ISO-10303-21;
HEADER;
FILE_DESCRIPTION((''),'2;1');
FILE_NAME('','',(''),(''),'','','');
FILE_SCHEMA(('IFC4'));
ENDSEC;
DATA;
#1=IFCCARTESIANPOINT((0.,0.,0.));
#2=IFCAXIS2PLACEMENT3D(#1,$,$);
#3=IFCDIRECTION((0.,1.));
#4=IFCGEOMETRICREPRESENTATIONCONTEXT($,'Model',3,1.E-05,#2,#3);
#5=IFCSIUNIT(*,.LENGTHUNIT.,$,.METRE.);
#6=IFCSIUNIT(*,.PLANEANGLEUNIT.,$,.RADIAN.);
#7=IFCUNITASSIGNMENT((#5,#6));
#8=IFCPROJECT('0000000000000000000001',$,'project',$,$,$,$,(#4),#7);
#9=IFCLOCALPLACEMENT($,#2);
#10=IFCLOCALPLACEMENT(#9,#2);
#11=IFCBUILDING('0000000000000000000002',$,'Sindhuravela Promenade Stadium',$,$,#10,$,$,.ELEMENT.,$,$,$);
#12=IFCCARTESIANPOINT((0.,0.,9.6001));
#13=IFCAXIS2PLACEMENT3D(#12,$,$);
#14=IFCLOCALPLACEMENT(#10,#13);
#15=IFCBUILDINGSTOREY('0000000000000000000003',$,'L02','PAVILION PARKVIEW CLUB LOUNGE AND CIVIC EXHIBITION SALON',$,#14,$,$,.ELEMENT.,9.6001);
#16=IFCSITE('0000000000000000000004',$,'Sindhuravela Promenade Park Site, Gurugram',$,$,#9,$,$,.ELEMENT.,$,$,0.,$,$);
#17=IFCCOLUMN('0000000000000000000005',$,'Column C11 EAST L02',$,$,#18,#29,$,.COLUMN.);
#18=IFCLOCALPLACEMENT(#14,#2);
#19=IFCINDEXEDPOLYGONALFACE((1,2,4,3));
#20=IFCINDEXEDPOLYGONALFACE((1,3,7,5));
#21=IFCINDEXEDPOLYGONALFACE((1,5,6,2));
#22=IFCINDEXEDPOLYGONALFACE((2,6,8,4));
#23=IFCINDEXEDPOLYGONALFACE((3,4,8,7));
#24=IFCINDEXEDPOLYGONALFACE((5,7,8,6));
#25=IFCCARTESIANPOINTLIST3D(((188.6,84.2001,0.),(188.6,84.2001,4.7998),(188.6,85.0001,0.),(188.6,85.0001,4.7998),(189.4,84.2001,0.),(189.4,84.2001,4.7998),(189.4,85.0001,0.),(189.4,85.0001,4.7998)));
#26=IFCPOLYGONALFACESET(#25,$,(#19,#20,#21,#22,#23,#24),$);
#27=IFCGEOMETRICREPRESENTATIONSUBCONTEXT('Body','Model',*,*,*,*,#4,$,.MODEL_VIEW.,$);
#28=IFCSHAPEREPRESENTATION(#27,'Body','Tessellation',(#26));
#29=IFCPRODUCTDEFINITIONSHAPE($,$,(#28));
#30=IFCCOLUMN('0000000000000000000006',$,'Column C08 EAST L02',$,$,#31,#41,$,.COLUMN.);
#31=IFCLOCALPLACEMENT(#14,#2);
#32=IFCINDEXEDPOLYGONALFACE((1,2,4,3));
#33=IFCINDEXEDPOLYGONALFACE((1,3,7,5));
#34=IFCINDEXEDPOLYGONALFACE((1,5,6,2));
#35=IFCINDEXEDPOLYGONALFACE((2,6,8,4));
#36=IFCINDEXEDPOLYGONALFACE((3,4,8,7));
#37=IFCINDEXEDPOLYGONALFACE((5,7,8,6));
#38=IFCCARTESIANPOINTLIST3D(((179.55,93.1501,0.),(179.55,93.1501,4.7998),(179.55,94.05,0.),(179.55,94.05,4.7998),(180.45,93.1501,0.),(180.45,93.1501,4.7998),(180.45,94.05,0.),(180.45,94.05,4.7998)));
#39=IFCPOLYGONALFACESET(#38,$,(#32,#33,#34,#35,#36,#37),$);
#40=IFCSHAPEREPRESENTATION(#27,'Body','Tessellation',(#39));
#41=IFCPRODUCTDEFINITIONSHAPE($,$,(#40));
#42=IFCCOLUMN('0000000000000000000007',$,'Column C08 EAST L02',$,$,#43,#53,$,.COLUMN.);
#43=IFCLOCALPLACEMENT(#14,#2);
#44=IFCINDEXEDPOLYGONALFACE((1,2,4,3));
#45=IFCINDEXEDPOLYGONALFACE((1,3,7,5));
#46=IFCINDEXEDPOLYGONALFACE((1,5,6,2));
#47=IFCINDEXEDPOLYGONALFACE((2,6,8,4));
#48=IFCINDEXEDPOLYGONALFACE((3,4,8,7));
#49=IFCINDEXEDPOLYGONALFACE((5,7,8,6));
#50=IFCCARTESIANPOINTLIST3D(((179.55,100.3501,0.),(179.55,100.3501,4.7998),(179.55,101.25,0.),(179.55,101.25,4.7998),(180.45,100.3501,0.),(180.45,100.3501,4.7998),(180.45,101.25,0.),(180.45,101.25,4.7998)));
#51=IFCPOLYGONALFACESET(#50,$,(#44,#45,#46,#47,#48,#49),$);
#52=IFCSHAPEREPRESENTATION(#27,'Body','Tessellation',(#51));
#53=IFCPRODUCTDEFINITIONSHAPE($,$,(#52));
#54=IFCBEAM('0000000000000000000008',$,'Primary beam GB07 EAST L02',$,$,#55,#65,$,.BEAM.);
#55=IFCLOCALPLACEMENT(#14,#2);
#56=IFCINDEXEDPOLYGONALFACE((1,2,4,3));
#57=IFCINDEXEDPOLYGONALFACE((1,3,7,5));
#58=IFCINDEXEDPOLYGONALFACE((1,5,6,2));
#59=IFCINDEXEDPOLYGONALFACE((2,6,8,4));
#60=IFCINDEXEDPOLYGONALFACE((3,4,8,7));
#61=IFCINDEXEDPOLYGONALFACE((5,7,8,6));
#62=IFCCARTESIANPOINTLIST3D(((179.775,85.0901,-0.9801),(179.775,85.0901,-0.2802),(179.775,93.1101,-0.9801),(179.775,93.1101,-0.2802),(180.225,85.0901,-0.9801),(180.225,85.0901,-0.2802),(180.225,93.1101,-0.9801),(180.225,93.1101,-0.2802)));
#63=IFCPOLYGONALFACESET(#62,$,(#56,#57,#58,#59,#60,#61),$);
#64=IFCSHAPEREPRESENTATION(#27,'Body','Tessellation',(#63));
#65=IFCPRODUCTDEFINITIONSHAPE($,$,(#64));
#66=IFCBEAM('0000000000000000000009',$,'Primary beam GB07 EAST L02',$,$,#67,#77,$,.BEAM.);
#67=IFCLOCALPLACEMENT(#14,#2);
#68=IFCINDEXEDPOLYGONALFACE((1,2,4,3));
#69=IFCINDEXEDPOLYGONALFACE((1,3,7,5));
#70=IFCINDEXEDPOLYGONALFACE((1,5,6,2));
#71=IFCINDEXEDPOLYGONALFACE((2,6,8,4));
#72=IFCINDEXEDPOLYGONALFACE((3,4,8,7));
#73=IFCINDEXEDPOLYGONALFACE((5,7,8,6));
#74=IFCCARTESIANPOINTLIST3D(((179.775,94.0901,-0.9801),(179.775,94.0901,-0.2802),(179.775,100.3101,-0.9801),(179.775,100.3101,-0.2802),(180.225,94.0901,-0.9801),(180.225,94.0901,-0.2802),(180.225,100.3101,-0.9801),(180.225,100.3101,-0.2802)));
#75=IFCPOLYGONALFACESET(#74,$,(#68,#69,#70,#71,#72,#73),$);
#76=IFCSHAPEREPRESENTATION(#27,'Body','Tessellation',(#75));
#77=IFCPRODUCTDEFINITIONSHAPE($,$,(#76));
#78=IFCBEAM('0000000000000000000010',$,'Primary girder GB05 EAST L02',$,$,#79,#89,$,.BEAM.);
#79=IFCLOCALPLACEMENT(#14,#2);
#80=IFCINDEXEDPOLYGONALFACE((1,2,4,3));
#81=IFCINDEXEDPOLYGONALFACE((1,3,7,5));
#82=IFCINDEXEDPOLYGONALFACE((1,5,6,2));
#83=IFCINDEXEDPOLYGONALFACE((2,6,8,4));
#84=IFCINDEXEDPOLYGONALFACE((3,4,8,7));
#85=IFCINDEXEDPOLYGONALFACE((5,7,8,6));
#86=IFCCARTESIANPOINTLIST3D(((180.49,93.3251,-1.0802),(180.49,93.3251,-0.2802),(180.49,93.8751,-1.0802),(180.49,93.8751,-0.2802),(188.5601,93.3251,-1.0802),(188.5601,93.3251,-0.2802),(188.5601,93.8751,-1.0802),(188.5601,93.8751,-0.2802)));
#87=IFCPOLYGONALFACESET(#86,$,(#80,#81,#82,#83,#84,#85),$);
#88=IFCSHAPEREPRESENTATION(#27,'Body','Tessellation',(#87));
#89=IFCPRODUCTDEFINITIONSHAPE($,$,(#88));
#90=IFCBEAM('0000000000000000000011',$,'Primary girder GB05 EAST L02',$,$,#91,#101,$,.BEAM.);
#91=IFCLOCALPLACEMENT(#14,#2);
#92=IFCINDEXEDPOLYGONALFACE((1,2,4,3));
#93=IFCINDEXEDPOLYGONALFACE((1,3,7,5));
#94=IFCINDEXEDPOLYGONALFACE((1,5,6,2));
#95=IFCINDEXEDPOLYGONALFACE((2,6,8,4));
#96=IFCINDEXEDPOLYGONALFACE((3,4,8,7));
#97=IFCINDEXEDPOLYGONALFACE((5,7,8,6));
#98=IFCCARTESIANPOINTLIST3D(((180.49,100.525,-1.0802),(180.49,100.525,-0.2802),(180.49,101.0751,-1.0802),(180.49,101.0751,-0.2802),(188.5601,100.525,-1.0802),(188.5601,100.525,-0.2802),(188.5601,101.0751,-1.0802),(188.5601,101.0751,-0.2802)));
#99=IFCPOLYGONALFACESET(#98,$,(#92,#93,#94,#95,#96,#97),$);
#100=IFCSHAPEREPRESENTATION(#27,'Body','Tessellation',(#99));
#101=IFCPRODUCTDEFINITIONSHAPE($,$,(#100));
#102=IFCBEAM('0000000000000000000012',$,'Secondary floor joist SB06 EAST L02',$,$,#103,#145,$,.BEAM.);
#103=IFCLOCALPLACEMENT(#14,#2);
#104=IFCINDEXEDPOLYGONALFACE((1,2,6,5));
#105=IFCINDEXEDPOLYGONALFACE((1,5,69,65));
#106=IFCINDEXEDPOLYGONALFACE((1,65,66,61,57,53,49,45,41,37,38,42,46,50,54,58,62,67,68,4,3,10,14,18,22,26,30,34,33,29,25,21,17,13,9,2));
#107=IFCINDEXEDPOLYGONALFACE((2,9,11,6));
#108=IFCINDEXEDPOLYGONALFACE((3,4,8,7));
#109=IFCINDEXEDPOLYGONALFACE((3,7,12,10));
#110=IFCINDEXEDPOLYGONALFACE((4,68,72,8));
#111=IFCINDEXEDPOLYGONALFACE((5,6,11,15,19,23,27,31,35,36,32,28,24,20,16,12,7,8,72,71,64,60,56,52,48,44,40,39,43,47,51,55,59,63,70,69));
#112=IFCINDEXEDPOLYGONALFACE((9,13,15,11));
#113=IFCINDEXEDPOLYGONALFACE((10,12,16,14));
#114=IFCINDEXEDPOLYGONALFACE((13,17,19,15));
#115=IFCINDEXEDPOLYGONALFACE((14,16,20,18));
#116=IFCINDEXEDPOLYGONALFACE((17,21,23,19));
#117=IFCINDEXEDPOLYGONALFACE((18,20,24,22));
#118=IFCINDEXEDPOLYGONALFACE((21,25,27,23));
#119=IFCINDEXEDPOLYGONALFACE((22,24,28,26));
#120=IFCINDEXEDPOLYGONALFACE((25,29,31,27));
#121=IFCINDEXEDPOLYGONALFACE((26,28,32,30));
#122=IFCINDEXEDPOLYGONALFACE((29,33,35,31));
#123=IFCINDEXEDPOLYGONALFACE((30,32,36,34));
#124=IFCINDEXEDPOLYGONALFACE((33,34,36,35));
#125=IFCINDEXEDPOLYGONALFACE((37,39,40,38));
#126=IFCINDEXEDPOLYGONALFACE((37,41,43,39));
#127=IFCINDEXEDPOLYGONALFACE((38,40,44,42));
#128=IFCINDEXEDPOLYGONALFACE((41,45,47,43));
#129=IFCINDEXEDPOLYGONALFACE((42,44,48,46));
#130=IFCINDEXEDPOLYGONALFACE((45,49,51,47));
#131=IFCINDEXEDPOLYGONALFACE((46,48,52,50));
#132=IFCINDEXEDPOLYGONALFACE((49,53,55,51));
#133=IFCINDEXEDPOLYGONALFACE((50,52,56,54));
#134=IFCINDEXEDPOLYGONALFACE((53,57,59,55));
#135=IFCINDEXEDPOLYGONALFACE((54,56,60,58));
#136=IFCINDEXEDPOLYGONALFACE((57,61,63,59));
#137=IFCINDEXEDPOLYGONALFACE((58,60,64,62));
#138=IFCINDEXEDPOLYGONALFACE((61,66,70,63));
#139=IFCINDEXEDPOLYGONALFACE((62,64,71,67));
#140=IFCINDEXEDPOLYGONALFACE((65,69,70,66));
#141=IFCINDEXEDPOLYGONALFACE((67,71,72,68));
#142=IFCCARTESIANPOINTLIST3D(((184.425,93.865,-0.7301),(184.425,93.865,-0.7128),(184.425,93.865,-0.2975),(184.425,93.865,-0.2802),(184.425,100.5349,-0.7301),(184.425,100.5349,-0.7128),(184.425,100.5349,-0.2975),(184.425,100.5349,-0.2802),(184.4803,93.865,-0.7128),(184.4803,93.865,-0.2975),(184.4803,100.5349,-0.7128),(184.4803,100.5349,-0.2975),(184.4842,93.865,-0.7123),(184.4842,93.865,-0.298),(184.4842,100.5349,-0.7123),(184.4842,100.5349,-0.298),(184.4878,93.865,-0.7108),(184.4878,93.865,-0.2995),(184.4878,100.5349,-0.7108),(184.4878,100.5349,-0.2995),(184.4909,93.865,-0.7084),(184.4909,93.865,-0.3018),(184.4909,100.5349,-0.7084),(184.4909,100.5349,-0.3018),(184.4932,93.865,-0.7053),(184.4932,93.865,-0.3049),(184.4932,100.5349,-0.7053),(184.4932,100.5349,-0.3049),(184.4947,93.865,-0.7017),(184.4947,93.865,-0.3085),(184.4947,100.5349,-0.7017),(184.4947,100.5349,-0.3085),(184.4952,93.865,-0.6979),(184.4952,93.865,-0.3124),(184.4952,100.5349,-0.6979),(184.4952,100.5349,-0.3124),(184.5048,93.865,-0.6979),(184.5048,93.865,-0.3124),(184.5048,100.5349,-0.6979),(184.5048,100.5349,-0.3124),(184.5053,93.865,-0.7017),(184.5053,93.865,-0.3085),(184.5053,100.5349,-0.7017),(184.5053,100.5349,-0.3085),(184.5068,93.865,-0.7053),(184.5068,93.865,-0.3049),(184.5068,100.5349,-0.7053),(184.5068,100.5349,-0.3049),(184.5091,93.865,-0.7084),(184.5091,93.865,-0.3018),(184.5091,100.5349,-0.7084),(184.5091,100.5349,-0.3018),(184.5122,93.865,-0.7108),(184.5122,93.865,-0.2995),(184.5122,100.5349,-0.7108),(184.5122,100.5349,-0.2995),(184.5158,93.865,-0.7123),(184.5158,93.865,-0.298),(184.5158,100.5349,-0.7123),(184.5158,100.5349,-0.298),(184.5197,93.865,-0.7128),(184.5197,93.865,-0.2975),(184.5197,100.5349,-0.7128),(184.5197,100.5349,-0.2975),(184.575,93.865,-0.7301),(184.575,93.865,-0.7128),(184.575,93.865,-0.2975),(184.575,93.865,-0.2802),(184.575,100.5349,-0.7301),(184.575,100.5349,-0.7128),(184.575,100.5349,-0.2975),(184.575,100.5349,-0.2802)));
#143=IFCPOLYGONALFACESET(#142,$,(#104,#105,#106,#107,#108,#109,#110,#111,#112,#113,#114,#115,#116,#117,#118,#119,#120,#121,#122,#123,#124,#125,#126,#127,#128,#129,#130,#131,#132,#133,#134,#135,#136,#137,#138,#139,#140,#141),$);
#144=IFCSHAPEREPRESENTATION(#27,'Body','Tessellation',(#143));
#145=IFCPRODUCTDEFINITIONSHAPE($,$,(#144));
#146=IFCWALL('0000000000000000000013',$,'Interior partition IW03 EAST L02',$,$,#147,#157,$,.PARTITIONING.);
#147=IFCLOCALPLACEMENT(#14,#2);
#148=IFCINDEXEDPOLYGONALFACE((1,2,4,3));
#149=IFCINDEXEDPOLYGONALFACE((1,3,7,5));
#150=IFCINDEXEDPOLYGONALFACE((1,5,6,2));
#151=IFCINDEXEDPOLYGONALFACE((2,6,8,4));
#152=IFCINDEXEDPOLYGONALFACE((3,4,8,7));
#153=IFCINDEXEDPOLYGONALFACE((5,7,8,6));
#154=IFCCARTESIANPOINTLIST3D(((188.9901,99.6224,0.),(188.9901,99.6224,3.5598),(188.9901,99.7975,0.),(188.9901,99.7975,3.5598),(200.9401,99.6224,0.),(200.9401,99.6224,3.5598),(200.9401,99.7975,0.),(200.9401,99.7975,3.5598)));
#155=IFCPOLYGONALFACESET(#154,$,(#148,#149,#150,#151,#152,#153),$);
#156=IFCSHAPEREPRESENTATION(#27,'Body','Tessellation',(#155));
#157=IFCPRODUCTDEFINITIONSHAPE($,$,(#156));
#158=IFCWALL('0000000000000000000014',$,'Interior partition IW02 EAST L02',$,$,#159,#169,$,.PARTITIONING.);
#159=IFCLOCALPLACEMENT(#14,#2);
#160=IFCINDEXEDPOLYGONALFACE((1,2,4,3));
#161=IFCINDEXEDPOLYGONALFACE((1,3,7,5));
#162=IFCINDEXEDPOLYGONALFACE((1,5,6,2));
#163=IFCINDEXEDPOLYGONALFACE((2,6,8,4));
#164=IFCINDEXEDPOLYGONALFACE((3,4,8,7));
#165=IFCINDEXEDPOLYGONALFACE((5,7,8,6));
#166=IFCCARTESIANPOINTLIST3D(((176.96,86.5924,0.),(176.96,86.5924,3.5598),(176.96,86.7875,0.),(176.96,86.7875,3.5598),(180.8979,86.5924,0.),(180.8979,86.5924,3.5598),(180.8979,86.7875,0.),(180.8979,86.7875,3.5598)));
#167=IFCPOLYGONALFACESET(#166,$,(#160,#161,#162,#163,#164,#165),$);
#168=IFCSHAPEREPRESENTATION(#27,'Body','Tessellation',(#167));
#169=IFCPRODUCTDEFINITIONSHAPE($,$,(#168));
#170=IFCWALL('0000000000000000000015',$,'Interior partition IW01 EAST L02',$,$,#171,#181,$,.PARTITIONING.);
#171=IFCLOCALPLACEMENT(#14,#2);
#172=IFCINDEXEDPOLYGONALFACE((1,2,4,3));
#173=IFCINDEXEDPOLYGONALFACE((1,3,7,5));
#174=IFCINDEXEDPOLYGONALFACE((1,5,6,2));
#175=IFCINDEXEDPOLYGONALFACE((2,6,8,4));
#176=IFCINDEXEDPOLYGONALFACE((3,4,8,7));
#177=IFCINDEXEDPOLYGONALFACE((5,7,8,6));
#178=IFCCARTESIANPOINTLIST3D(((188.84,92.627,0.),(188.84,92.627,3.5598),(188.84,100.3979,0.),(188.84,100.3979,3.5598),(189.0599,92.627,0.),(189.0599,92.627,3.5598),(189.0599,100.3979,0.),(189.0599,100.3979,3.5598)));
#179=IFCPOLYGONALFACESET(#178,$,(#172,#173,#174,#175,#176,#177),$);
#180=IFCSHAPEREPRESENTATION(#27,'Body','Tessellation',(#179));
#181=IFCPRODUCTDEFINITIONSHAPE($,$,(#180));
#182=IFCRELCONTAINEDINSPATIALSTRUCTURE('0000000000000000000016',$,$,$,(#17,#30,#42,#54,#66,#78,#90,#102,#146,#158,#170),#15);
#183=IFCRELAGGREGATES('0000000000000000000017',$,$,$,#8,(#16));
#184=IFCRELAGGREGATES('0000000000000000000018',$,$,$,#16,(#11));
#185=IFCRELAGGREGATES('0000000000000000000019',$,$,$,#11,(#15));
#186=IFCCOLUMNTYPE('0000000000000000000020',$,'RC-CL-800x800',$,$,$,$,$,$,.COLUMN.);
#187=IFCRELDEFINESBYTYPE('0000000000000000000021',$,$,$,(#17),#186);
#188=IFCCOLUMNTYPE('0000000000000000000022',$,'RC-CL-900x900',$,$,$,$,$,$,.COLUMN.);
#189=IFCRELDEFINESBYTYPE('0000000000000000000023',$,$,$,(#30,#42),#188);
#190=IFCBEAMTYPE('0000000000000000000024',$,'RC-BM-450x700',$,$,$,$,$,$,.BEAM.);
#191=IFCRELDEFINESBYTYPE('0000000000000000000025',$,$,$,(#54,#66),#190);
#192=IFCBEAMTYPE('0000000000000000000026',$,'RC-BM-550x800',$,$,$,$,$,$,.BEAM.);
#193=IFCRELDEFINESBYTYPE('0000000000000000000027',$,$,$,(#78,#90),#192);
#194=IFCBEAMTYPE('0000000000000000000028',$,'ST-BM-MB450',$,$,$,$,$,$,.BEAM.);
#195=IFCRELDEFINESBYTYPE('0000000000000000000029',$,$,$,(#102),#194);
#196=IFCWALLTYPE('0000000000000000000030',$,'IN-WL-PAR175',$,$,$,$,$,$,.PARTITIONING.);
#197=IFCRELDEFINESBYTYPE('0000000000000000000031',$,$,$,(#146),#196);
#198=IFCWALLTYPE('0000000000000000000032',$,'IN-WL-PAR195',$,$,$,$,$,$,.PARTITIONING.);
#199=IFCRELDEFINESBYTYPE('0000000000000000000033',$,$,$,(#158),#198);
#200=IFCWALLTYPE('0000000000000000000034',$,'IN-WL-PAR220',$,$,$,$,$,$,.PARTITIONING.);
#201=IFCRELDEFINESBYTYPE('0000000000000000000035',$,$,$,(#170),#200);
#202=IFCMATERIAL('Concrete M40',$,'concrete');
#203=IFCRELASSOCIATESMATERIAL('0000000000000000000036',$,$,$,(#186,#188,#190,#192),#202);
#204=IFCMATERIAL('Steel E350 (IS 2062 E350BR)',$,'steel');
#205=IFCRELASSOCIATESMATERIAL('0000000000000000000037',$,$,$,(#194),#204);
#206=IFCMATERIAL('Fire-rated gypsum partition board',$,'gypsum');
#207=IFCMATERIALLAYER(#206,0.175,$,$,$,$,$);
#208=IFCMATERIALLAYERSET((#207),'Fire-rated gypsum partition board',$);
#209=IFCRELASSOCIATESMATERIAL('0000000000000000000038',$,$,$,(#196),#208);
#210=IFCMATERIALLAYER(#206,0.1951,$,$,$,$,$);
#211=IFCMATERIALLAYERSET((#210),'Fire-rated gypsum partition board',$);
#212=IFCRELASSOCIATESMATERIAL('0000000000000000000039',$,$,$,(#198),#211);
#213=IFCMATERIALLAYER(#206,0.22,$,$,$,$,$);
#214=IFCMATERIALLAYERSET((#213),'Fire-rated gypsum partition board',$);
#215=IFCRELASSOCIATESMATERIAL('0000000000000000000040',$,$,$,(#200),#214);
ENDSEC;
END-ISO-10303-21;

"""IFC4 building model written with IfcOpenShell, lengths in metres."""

from ifc_helpers import new_model, si_unit, direction, frame, frame_2d, origin, origin_2d, place, context, subcontext, project, spatial, rectangle, i_section, extrude, material, layer, layer_set, material_profile, profile_set, type_object, element, save


model = new_model("IFC4")

# Units and contexts
model_context = context("Model", 3, precision=1e-05, world=origin(), true_north=direction((0.0, 1.0)))
body_context = subcontext(model_context, "Body", "Model", "MODEL_VIEW")
ifc_project = project(units=[si_unit("LENGTHUNIT", "METRE"), si_unit("PLANEANGLEUNIT", "RADIAN")], contexts=[model_context])

# Site, building, storey
site_placement = place(None, origin())
site = spatial("IfcSite", under=ifc_project, at=site_placement, Name="Sindhuravela Promenade Park Site, Gurugram", CompositionType="ELEMENT", RefElevation=0.0)
building_placement = place(site_placement, origin())
building = spatial("IfcBuilding", under=site, at=building_placement, Name="Sindhuravela Promenade Stadium", CompositionType="ELEMENT")
storey_placement = place(building_placement, frame((0.0, 0.0, 9.6001)))
storey = spatial("IfcBuildingStorey", under=building, at=storey_placement, Name="L02", Description="PAVILION PARKVIEW CLUB LOUNGE AND CIVIC EXHIBITION SALON", CompositionType="ELEMENT", Elevation=9.6001)

# Columns
ifc_material_1 = material(Name="Concrete M40", Category="concrete")
ifc_material_profile_1 = material_profile(ifc_material_1, rectangle(XDim=0.8, YDim=0.8, at=origin_2d()), Name="RC 800x800")
ifc_profile_set_1 = profile_set([ifc_material_profile_1], Name="Concrete M40")
column_type_1 = type_object("IfcColumnType", Name="RC-CL-800x800", PredefinedType="COLUMN", material=ifc_profile_set_1)
column_placement = place(storey_placement, frame((189.0, 84.6001, 0.0), z_axis=(0.0, 0.0, 1.0), x_axis=(1.0, 0.0, 0.0)))
element("IfcColumn", 1, at=column_placement, inside=storey, type_object=column_type_1, Name="Column C11 EAST L02", PredefinedType="COLUMN", context=body_context, shape_type="SweptSolid", body=[
    extrude(rectangle(XDim=0.8, YDim=0.8, at=origin_2d()), origin(), (0.0, 0.0, 1.0), 4.7998),
])
ifc_material_profile_2 = material_profile(ifc_material_1, rectangle(XDim=0.8999, YDim=0.8999, at=origin_2d()), Name="RC 900x900")
ifc_profile_set_2 = profile_set([ifc_material_profile_2], Name="Concrete M40")
column_type_2 = type_object("IfcColumnType", Name="RC-CL-900x900", PredefinedType="COLUMN", material=ifc_profile_set_2)
for number, where, z_axis, x_axis, name in (
    (2, (180.0, 93.6001, 0.0), (0.0, 0.0, 1.0), (1.0, 0.0, 0.0), "Column C08 EAST L02"),
    (3, (180.0, 100.8, 0.0), (0.0, 0.0, 1.0), (1.0, 0.0, 0.0), "Column C08 EAST L02"),
):
    element("IfcColumn", number, at=place(storey_placement, frame(where, z_axis=z_axis, x_axis=x_axis)), inside=storey, type_object=column_type_2, Name=name, PredefinedType="COLUMN", context=body_context, shape_type="SweptSolid", body=[
        extrude(rectangle(XDim=0.8999, YDim=0.8999, at=origin_2d()), origin(), (0.0, 0.0, 1.0), 4.7998),
    ])

# Beams
ifc_material_profile_3 = material_profile(ifc_material_1, rectangle(XDim=0.45, YDim=0.7, at=origin_2d()), Name="RC 450x700")
ifc_profile_set_3 = profile_set([ifc_material_profile_3], Name="Concrete M40")
beam_type_1 = type_object("IfcBeamType", Name="RC-BM-450x700", PredefinedType="BEAM", material=ifc_profile_set_3)
beam_1_placement = place(storey_placement, frame((180.0, 85.0901, -0.6301), z_axis=(0.0, 1.0, 0.0), x_axis=(-1.0, 0.0, 0.0)))
element("IfcBeam", 4, at=beam_1_placement, inside=storey, type_object=beam_type_1, Name="Primary beam GB07 EAST L02", PredefinedType="BEAM", context=body_context, shape_type="SweptSolid", body=[
    extrude(rectangle(XDim=0.45, YDim=0.7, at=origin_2d()), origin(), (0.0, 0.0, 1.0), 8.02),
])
beam_2_placement = place(storey_placement, frame((180.0, 94.0901, -0.6301), z_axis=(0.0, 1.0, 0.0), x_axis=(-1.0, 0.0, 0.0)))
element("IfcBeam", 5, at=beam_2_placement, inside=storey, type_object=beam_type_1, Name="Primary beam GB07 EAST L02", PredefinedType="BEAM", context=body_context, shape_type="SweptSolid", body=[
    extrude(rectangle(XDim=0.45, YDim=0.7, at=origin_2d()), origin(), (0.0, 0.0, 1.0), 6.22),
])
ifc_material_profile_4 = material_profile(ifc_material_1, rectangle(XDim=0.55, YDim=0.8, at=origin_2d()), Name="RC 550x800")
ifc_profile_set_4 = profile_set([ifc_material_profile_4], Name="Concrete M40")
beam_type_2 = type_object("IfcBeamType", Name="RC-BM-550x800", PredefinedType="BEAM", material=ifc_profile_set_4)
for number, where, z_axis, x_axis, name in (
    (6, (180.49, 93.6001, -0.6802), (1.0, 0.0, 0.0), (0.0, 1.0, 0.0), "Primary girder GB05 EAST L02"),
    (7, (180.49, 100.8, -0.6802), (1.0, 0.0, 0.0), (0.0, 1.0, 0.0), "Primary girder GB05 EAST L02"),
):
    element("IfcBeam", number, at=place(storey_placement, frame(where, z_axis=z_axis, x_axis=x_axis)), inside=storey, type_object=beam_type_2, Name=name, PredefinedType="BEAM", context=body_context, shape_type="SweptSolid", body=[
        extrude(rectangle(XDim=0.55, YDim=0.8, at=origin_2d()), origin(), (0.0, 0.0, 1.0), 8.0701),
    ])
ifc_material_2 = material(Name="Steel E350 (IS 2062 E350BR)", Category="steel")
ifc_material_profile_5 = material_profile(ifc_material_2, i_section(OverallWidth=0.1499, OverallDepth=0.45, WebThickness=0.0095, FlangeThickness=0.0173, FilletRadius=0.0149, at=origin_2d()), Name="ISMB 450")
ifc_profile_set_5 = profile_set([ifc_material_profile_5], Name="Steel E350 (IS 2062 E350BR)")
beam_type_3 = type_object("IfcBeamType", Name="ST-BM-MB450", PredefinedType="BEAM", material=ifc_profile_set_5)
beam_3_placement = place(storey_placement, frame((184.5, 93.865, -0.5051), z_axis=(0.0, 1.0, 0.0), x_axis=(-1.0, 0.0, 0.0)))
element("IfcBeam", 8, at=beam_3_placement, inside=storey, type_object=beam_type_3, Name="Secondary floor joist SB06 EAST L02", PredefinedType="BEAM", context=body_context, shape_type="SweptSolid", body=[
    extrude(i_section(OverallWidth=0.1499, OverallDepth=0.45, WebThickness=0.0095, FlangeThickness=0.0173, FilletRadius=0.0149, at=origin_2d()), origin(), (0.0, 0.0, 1.0), 6.6699),
])

# Walls
ifc_material_3 = material(Name="Fire-rated gypsum partition board", Category="gypsum")
ifc_layer_1 = layer(ifc_material_3, 0.175)
ifc_layer_set_1 = layer_set([ifc_layer_1], Name="Fire-rated gypsum partition board")
wall_type_1 = type_object("IfcWallType", Name="IN-WL-PAR175", PredefinedType="PARTITIONING", material=ifc_layer_set_1)
wall_1_placement = place(storey_placement, frame((188.99, 99.71, 0.0), z_axis=(0.0, 0.0, 1.0), x_axis=(1.0, 0.0, 0.0)))
element("IfcWall", 9, at=wall_1_placement, inside=storey, type_object=wall_type_1, Name="Interior partition IW03 EAST L02", PredefinedType="PARTITIONING", context=body_context, shape_type="SweptSolid", body=[
    extrude(rectangle(XDim=11.95, YDim=0.175, at=frame_2d((5.9751, 0.0))), origin(), (0.0, 0.0, 1.0), 3.5598),
])
ifc_layer_2 = layer(ifc_material_3, 0.1951)
ifc_layer_set_2 = layer_set([ifc_layer_2], Name="Fire-rated gypsum partition board")
wall_type_2 = type_object("IfcWallType", Name="IN-WL-PAR195", PredefinedType="PARTITIONING", material=ifc_layer_set_2)
wall_2_placement = place(storey_placement, frame((180.8979, 86.6899, 0.0), z_axis=(0.0, 0.0, 1.0), x_axis=(-1.0, 0.0, 0.0)))
element("IfcWall", 10, at=wall_2_placement, inside=storey, type_object=wall_type_2, Name="Interior partition IW02 EAST L02", PredefinedType="PARTITIONING", context=body_context, shape_type="SweptSolid", body=[
    extrude(rectangle(XDim=3.938, YDim=0.1951, at=frame_2d((1.969, 0.0))), origin(), (0.0, 0.0, 1.0), 3.5598),
])
ifc_layer_3 = layer(ifc_material_3, 0.22)
ifc_layer_set_3 = layer_set([ifc_layer_3], Name="Fire-rated gypsum partition board")
wall_type_3 = type_object("IfcWallType", Name="IN-WL-PAR220", PredefinedType="PARTITIONING", material=ifc_layer_set_3)
wall_3_placement = place(storey_placement, frame((188.95, 100.3979, 0.0), z_axis=(0.0, 0.0, 1.0), x_axis=(0.0, -1.0, 0.0)))
element("IfcWall", 11, at=wall_3_placement, inside=storey, type_object=wall_type_3, Name="Interior partition IW01 EAST L02", PredefinedType="PARTITIONING", context=body_context, shape_type="SweptSolid", body=[
    extrude(rectangle(XDim=7.771, YDim=0.22, at=frame_2d((3.8855, 0.0))), origin(), (0.0, 0.0, 1.0), 3.5598),
])

save(model, "model.ifc")
